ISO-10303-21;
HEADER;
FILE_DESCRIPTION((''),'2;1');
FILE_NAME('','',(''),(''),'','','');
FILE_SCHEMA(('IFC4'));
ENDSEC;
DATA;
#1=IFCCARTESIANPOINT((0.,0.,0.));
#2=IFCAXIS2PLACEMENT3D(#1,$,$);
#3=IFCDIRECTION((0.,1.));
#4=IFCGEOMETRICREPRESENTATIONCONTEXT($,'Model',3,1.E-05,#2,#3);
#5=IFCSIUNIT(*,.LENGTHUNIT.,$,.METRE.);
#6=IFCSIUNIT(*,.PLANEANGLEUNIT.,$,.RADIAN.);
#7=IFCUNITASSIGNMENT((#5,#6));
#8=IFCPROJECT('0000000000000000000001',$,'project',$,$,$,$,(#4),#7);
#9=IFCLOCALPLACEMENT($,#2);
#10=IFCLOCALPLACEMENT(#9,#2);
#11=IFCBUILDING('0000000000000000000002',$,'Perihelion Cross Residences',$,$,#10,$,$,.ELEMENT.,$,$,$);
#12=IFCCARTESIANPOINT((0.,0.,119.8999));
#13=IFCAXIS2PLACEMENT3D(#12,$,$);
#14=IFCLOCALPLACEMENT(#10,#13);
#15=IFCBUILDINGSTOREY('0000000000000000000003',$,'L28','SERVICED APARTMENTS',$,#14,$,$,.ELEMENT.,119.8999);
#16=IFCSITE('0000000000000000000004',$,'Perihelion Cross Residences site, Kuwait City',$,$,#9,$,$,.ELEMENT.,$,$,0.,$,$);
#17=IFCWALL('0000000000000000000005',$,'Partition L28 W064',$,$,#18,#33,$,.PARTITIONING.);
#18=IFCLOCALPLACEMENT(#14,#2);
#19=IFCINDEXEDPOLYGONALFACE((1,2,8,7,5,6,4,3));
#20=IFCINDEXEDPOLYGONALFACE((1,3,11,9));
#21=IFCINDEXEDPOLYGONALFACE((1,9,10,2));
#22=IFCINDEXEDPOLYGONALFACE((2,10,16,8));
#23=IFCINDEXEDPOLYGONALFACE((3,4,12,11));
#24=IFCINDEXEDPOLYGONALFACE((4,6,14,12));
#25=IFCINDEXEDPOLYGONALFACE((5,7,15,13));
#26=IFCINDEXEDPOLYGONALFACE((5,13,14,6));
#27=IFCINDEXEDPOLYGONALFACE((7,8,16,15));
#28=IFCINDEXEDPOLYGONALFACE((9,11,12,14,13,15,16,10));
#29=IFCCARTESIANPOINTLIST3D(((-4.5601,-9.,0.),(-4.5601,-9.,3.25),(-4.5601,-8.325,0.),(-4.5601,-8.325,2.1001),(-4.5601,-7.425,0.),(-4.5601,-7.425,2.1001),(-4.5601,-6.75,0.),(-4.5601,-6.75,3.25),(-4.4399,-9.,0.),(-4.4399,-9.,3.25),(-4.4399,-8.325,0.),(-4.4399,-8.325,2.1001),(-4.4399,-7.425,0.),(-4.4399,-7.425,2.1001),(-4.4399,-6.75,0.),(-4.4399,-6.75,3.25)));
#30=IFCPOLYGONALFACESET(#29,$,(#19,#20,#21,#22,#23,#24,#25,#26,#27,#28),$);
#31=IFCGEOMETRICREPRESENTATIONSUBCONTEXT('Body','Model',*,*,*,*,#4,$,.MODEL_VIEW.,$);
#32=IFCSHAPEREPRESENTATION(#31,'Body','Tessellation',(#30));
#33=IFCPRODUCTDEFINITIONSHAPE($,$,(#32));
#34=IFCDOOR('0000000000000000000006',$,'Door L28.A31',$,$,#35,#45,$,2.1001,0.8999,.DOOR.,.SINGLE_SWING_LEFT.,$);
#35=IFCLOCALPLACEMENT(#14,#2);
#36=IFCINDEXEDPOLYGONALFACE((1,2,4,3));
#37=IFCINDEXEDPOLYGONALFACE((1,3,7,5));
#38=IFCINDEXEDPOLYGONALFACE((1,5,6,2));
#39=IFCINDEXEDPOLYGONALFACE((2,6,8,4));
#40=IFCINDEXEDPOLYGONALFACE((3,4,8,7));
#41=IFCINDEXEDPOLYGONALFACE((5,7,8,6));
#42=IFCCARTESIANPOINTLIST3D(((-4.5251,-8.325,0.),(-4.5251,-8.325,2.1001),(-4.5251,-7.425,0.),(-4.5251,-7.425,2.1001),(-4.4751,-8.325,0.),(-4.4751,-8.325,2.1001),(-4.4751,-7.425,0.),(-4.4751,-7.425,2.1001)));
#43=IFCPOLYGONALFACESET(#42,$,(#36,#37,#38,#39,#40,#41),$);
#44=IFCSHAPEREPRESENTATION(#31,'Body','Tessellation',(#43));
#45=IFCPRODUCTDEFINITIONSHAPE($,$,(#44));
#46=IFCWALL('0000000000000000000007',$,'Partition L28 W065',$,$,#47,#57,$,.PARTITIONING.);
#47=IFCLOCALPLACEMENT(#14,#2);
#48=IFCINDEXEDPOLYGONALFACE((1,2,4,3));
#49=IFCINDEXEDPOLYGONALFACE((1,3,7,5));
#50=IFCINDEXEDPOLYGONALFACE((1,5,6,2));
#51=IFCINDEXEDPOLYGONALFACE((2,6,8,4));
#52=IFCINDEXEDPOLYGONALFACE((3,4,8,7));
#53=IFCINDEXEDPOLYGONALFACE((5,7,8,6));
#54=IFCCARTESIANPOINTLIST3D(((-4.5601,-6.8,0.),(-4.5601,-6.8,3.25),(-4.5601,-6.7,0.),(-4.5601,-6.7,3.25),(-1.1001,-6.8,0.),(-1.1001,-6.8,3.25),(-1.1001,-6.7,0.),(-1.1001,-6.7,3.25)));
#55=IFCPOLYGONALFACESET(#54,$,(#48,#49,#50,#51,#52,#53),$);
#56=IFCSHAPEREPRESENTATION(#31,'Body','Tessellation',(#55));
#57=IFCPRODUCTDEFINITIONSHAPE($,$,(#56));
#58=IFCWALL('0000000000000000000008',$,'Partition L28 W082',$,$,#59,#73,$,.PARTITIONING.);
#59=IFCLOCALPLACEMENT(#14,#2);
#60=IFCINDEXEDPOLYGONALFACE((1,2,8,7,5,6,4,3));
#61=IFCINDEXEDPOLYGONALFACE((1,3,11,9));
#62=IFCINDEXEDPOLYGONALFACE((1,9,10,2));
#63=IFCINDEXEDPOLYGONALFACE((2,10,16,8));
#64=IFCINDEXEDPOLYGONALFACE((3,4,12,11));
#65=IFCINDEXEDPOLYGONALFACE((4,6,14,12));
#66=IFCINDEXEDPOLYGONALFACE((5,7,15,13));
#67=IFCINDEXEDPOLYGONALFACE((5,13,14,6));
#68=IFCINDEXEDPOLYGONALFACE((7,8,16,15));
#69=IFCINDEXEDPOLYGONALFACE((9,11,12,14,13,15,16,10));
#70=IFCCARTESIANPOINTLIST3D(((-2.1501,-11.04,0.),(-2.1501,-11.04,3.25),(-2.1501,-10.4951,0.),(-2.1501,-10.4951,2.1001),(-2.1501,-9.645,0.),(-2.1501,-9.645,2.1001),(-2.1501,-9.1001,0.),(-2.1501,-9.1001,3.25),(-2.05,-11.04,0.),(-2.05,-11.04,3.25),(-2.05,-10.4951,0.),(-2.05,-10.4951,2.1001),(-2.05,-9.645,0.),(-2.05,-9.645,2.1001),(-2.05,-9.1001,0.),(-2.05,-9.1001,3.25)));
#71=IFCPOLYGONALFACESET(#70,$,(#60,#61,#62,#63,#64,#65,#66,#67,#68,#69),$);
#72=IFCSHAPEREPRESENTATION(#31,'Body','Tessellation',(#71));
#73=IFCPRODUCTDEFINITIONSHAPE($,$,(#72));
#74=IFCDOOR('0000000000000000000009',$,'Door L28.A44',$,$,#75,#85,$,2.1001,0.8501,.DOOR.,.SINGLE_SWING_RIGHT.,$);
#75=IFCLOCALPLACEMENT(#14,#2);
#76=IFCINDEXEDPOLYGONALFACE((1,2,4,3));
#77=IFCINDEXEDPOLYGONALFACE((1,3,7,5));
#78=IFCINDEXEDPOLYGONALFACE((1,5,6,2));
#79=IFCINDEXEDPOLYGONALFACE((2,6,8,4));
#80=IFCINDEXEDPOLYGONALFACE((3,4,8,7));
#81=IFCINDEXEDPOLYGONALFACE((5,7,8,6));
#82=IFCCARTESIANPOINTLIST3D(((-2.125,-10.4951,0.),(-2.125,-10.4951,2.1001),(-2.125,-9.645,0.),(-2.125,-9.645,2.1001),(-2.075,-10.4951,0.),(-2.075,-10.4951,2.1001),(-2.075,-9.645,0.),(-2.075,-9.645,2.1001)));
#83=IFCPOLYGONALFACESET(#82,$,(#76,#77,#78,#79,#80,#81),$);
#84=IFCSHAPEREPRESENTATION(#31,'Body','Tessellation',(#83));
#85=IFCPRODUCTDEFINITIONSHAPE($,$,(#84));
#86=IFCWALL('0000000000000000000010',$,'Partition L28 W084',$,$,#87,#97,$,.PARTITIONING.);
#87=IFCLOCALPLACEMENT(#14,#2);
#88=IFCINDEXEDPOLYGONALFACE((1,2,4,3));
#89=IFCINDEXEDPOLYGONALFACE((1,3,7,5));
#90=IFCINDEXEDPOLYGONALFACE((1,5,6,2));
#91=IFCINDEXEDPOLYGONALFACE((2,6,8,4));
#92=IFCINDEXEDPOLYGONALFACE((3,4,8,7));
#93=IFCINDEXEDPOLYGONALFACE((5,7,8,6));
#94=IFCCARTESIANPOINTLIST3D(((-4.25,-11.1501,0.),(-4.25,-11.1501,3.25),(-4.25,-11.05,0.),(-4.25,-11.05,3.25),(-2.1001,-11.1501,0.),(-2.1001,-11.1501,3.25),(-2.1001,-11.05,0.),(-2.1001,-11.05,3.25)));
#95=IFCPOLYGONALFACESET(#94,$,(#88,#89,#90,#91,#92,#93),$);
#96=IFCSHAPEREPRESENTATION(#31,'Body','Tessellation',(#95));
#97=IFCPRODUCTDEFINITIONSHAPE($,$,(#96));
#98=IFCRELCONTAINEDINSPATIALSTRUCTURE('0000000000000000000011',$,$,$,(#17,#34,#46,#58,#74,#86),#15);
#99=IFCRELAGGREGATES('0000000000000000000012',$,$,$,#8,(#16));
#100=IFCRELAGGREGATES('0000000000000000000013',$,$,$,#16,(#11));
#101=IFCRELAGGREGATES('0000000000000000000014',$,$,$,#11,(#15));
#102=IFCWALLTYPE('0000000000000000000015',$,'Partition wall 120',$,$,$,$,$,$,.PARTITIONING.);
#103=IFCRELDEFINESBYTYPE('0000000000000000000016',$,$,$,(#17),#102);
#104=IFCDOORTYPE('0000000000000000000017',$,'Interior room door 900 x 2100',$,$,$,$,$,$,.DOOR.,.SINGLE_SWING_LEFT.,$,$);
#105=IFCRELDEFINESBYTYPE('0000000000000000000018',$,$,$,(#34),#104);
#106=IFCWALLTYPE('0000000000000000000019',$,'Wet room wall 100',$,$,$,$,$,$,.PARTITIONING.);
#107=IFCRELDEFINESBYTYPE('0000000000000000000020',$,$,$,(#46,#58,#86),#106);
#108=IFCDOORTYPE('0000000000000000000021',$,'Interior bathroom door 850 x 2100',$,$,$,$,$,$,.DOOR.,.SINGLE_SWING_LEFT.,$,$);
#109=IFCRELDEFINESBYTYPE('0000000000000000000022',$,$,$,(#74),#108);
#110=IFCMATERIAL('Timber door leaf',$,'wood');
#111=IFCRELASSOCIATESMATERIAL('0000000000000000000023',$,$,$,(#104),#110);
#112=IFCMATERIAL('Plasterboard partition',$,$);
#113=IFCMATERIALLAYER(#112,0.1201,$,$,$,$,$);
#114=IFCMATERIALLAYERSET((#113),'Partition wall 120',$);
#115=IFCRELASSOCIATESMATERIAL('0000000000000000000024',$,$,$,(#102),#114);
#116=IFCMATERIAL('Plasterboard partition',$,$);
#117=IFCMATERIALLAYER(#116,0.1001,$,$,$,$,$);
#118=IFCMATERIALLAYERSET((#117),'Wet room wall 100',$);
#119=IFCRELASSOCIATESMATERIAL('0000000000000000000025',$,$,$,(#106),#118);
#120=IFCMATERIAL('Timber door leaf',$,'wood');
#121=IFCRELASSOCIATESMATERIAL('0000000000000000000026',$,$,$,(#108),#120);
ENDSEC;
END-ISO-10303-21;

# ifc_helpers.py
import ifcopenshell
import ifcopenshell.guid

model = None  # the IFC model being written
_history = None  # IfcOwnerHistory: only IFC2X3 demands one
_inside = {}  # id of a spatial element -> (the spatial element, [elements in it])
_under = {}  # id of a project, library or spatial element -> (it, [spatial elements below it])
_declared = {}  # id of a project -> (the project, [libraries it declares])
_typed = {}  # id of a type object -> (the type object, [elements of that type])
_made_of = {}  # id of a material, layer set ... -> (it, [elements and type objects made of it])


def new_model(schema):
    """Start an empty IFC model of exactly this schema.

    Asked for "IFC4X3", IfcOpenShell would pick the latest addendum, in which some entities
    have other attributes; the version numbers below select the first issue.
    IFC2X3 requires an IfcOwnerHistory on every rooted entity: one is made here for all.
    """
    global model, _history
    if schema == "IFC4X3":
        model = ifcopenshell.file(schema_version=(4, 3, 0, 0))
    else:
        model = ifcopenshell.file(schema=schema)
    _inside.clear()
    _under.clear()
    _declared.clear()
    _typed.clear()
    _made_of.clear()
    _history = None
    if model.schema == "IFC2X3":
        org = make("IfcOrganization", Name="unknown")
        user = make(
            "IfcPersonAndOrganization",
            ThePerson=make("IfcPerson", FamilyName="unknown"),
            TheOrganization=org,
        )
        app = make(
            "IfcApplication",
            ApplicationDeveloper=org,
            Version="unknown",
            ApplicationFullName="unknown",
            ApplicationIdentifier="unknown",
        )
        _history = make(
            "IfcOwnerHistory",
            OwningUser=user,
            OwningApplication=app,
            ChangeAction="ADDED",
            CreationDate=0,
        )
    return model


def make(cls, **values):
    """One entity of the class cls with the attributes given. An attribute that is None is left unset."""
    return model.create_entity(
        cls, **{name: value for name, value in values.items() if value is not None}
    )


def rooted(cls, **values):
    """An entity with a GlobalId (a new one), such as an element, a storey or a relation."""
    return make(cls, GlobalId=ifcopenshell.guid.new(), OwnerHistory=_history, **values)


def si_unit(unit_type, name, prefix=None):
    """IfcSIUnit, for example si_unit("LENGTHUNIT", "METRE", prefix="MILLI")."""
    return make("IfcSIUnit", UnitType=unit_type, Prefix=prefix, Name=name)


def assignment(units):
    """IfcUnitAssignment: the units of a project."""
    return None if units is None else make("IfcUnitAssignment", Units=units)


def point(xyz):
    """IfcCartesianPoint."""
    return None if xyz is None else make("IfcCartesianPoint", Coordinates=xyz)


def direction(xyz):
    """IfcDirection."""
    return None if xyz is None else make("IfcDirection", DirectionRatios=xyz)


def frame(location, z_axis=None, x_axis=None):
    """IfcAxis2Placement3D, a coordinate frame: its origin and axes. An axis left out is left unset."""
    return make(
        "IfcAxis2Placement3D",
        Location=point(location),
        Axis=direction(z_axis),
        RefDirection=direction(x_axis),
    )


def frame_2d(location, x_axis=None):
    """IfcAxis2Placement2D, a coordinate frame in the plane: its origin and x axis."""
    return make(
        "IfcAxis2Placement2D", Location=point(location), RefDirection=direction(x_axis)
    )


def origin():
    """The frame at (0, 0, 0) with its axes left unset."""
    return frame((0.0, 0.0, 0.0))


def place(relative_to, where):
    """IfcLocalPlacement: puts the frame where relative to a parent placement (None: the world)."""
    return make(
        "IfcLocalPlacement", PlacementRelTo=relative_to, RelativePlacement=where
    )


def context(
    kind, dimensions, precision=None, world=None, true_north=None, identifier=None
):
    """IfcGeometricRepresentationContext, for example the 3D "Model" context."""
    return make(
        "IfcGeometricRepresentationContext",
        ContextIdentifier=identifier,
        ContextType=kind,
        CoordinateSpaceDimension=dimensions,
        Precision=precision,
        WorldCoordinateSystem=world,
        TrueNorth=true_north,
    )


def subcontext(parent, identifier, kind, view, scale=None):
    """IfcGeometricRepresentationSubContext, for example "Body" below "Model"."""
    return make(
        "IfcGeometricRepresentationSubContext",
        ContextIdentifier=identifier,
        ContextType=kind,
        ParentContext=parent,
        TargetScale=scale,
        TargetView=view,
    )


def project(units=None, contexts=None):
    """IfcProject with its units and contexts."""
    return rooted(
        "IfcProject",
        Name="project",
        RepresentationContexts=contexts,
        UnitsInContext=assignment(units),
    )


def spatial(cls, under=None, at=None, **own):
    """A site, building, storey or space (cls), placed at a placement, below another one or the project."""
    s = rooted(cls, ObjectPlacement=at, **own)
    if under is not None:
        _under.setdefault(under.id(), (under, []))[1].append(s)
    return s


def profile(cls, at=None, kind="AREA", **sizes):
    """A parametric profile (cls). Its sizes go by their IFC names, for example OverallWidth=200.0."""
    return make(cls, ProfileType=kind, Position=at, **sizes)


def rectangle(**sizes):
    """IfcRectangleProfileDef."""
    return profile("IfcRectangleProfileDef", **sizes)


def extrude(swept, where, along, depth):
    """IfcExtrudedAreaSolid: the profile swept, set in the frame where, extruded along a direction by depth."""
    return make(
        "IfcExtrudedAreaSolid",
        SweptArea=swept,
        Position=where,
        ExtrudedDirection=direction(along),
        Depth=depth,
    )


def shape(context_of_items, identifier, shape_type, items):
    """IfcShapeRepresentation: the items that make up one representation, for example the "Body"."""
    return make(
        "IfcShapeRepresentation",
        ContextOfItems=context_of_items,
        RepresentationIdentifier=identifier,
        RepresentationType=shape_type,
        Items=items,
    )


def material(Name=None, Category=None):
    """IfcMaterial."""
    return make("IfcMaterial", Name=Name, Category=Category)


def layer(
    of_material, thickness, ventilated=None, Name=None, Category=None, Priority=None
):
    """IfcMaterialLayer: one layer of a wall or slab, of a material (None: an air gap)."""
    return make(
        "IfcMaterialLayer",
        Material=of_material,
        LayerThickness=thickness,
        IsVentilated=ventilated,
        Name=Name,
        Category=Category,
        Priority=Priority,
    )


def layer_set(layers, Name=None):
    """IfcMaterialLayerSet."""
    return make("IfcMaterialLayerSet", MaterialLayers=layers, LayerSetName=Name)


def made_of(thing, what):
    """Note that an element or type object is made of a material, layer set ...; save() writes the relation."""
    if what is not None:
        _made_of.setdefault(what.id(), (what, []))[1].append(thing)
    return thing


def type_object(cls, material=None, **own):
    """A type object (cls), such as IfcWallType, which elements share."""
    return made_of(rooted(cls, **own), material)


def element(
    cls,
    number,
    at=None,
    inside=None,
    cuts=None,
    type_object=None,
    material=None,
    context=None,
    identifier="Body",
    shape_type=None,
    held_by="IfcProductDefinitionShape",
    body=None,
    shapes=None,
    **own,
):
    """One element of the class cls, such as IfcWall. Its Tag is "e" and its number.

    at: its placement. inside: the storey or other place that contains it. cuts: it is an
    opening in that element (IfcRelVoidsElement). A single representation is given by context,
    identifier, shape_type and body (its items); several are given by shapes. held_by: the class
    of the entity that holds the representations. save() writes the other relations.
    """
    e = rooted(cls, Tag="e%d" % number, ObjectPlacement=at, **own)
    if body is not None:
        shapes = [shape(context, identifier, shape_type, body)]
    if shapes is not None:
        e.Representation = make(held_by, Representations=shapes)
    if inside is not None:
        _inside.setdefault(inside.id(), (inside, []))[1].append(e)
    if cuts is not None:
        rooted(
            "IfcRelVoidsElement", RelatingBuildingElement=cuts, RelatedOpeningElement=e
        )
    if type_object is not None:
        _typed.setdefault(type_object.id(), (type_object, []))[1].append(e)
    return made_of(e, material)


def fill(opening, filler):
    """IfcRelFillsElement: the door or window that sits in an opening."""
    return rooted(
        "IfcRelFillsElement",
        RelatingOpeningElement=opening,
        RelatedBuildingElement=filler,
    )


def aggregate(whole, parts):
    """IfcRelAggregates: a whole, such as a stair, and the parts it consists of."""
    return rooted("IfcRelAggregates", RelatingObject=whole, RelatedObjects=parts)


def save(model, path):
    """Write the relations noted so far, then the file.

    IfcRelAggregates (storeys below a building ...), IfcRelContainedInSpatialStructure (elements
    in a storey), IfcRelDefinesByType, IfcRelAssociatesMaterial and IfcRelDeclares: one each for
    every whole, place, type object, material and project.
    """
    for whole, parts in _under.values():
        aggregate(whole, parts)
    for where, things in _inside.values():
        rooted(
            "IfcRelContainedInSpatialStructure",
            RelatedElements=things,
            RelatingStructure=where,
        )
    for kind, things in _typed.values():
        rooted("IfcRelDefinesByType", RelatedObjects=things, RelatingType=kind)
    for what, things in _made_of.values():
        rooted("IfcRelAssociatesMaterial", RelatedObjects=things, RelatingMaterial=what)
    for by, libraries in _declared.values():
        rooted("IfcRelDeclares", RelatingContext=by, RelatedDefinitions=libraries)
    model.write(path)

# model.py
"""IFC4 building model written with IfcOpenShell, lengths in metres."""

from ifc_helpers import new_model, si_unit, direction, frame, frame_2d, origin, place, context, subcontext, project, spatial, rectangle, extrude, material, layer, layer_set, type_object, element, fill, save


model = new_model("IFC4")

# Units and contexts
model_context = context("Model", 3, precision=1e-05, world=origin(), true_north=direction((0.0, 1.0)))
body_context = subcontext(model_context, "Body", "Model", "MODEL_VIEW")
ifc_project = project(units=[si_unit("LENGTHUNIT", "METRE"), si_unit("PLANEANGLEUNIT", "RADIAN")], contexts=[model_context])

# Site, building, storey
site_placement = place(None, origin())
site = spatial("IfcSite", under=ifc_project, at=site_placement, Name="Perihelion Cross Residences site, Kuwait City", CompositionType="ELEMENT", RefElevation=0.0)
building_placement = place(site_placement, origin())
building = spatial("IfcBuilding", under=site, at=building_placement, Name="Perihelion Cross Residences", CompositionType="ELEMENT")
storey_placement = place(building_placement, frame((0.0, 0.0, 119.8999)))
storey = spatial("IfcBuildingStorey", under=building, at=storey_placement, Name="L28", Description="SERVICED APARTMENTS", CompositionType="ELEMENT", Elevation=119.8999)

# Wall, opening, door
ifc_material_1 = material(Name="Timber door leaf", Category="wood")
door_type_1 = type_object("IfcDoorType", Name="Interior room door 900 x 2100", OperationType="SINGLE_SWING_LEFT", PredefinedType="DOOR", material=ifc_material_1)
ifc_material_2 = material(Name="Plasterboard partition")
ifc_layer_1 = layer(ifc_material_2, 0.1201)
ifc_layer_set_1 = layer_set([ifc_layer_1], Name="Partition wall 120")
wall_type_1 = type_object("IfcWallType", Name="Partition wall 120", PredefinedType="PARTITIONING", material=ifc_layer_set_1)
wall_1_placement = place(storey_placement, frame((-4.5, -6.75, 0.0), z_axis=(0.0, 0.0, 1.0), x_axis=(0.0, -1.0, 0.0)))
wall_1 = element("IfcWall", 1, at=wall_1_placement, inside=storey, type_object=wall_type_1, Name="Partition L28 W064", PredefinedType="PARTITIONING", context=body_context, shape_type="SweptSolid", body=[
    extrude(rectangle(XDim=2.25, YDim=0.1201, at=frame_2d((1.125, 0.0))), origin(), (0.0, 0.0, 1.0), 3.25),
])
opening_1_placement = place(wall_1_placement, frame((0.675, 0.0, 0.0)))
opening_1 = element("IfcOpeningElement", 2, at=opening_1_placement, cuts=wall_1, PredefinedType="OPENING", context=body_context, shape_type="SweptSolid", body=[
    extrude(rectangle(XDim=0.8999, YDim=2.1001, at=frame_2d((0.45, 1.05))), frame((0.0, 0.0701, 0.0), z_axis=(0.0, -1.0, 0.0), x_axis=(1.0, 0.0, 0.0)), (0.0, 0.0, 1.0), 0.1401),
])
door_1_placement = place(opening_1_placement, origin())
door_1 = element("IfcDoor", 3, at=door_1_placement, inside=storey, type_object=door_type_1, Name="Door L28.A31", OperationType="SINGLE_SWING_LEFT", OverallHeight=2.1001, OverallWidth=0.8999, PredefinedType="DOOR", context=body_context, shape_type="SweptSolid", body=[
    extrude(rectangle(XDim=0.8999, YDim=2.1001, at=frame_2d((0.45, 1.05))), frame((0.0, 0.0249, 0.0), z_axis=(0.0, -1.0, 0.0), x_axis=(1.0, 0.0, 0.0)), (0.0, 0.0, 1.0), 0.05),
])
fill(opening_1, door_1)

# Wall
ifc_material_3 = material(Name="Plasterboard partition")
ifc_layer_2 = layer(ifc_material_3, 0.1001)
ifc_layer_set_2 = layer_set([ifc_layer_2], Name="Wet room wall 100")
wall_type_2 = type_object("IfcWallType", Name="Wet room wall 100", PredefinedType="PARTITIONING", material=ifc_layer_set_2)
wall_2_placement = place(storey_placement, frame((-1.1001, -6.75, 0.0), z_axis=(0.0, 0.0, 1.0), x_axis=(-1.0, 0.0, 0.0)))
element("IfcWall", 4, at=wall_2_placement, inside=storey, type_object=wall_type_2, Name="Partition L28 W065", PredefinedType="PARTITIONING", context=body_context, shape_type="SweptSolid", body=[
    extrude(rectangle(XDim=3.46, YDim=0.1001, at=frame_2d((1.73, 0.0))), origin(), (0.0, 0.0, 1.0), 3.25),
])

# Wall, opening, door
wall_3_placement = place(storey_placement, frame((-2.1001, -11.04, 0.0), z_axis=(0.0, 0.0, 1.0), x_axis=(0.0, 1.0, 0.0)))
wall_3 = element("IfcWall", 5, at=wall_3_placement, inside=storey, type_object=wall_type_2, Name="Partition L28 W082", PredefinedType="PARTITIONING", context=body_context, shape_type="SweptSolid", body=[
    extrude(rectangle(XDim=1.9399, YDim=0.1001, at=frame_2d((0.97, 0.0))), origin(), (0.0, 0.0, 1.0), 3.25),
])
opening_2_placement = place(wall_3_placement, frame((0.5449, 0.0, 0.0)))
opening_2 = element("IfcOpeningElement", 6, at=opening_2_placement, cuts=wall_3, PredefinedType="OPENING", context=body_context, shape_type="SweptSolid", body=[
    extrude(rectangle(XDim=0.8501, YDim=2.1001, at=frame_2d((0.425, 1.05))), frame((0.0, 0.0601, 0.0), z_axis=(0.0, -1.0, 0.0), x_axis=(1.0, 0.0, 0.0)), (0.0, 0.0, 1.0), 0.1201),
])
ifc_material_4 = material(Name="Timber door leaf", Category="wood")
door_type_2 = type_object("IfcDoorType", Name="Interior bathroom door 850 x 2100", OperationType="SINGLE_SWING_LEFT", PredefinedType="DOOR", material=ifc_material_4)
door_2_placement = place(opening_2_placement, origin())
door_2 = element("IfcDoor", 7, at=door_2_placement, inside=storey, type_object=door_type_2, Name="Door L28.A44", OperationType="SINGLE_SWING_RIGHT", OverallHeight=2.1001, OverallWidth=0.8501, PredefinedType="DOOR", context=body_context, shape_type="SweptSolid", body=[
    extrude(rectangle(XDim=0.8501, YDim=2.1001, at=frame_2d((0.425, 1.05))), frame((0.0, 0.0249, 0.0), z_axis=(0.0, -1.0, 0.0), x_axis=(1.0, 0.0, 0.0)), (0.0, 0.0, 1.0), 0.05),
])
fill(opening_2, door_2)

# Wall
wall_4_placement = place(storey_placement, frame((-2.1001, -11.1001, 0.0), z_axis=(0.0, 0.0, 1.0), x_axis=(-1.0, 0.0, 0.0)))
element("IfcWall", 8, at=wall_4_placement, inside=storey, type_object=wall_type_2, Name="Partition L28 W084", PredefinedType="PARTITIONING", context=body_context, shape_type="SweptSolid", body=[
    extrude(rectangle(XDim=2.1499, YDim=0.1001, at=frame_2d((1.075, 0.0))), origin(), (0.0, 0.0, 1.0), 3.25),
])

save(model, "model.ifc")
